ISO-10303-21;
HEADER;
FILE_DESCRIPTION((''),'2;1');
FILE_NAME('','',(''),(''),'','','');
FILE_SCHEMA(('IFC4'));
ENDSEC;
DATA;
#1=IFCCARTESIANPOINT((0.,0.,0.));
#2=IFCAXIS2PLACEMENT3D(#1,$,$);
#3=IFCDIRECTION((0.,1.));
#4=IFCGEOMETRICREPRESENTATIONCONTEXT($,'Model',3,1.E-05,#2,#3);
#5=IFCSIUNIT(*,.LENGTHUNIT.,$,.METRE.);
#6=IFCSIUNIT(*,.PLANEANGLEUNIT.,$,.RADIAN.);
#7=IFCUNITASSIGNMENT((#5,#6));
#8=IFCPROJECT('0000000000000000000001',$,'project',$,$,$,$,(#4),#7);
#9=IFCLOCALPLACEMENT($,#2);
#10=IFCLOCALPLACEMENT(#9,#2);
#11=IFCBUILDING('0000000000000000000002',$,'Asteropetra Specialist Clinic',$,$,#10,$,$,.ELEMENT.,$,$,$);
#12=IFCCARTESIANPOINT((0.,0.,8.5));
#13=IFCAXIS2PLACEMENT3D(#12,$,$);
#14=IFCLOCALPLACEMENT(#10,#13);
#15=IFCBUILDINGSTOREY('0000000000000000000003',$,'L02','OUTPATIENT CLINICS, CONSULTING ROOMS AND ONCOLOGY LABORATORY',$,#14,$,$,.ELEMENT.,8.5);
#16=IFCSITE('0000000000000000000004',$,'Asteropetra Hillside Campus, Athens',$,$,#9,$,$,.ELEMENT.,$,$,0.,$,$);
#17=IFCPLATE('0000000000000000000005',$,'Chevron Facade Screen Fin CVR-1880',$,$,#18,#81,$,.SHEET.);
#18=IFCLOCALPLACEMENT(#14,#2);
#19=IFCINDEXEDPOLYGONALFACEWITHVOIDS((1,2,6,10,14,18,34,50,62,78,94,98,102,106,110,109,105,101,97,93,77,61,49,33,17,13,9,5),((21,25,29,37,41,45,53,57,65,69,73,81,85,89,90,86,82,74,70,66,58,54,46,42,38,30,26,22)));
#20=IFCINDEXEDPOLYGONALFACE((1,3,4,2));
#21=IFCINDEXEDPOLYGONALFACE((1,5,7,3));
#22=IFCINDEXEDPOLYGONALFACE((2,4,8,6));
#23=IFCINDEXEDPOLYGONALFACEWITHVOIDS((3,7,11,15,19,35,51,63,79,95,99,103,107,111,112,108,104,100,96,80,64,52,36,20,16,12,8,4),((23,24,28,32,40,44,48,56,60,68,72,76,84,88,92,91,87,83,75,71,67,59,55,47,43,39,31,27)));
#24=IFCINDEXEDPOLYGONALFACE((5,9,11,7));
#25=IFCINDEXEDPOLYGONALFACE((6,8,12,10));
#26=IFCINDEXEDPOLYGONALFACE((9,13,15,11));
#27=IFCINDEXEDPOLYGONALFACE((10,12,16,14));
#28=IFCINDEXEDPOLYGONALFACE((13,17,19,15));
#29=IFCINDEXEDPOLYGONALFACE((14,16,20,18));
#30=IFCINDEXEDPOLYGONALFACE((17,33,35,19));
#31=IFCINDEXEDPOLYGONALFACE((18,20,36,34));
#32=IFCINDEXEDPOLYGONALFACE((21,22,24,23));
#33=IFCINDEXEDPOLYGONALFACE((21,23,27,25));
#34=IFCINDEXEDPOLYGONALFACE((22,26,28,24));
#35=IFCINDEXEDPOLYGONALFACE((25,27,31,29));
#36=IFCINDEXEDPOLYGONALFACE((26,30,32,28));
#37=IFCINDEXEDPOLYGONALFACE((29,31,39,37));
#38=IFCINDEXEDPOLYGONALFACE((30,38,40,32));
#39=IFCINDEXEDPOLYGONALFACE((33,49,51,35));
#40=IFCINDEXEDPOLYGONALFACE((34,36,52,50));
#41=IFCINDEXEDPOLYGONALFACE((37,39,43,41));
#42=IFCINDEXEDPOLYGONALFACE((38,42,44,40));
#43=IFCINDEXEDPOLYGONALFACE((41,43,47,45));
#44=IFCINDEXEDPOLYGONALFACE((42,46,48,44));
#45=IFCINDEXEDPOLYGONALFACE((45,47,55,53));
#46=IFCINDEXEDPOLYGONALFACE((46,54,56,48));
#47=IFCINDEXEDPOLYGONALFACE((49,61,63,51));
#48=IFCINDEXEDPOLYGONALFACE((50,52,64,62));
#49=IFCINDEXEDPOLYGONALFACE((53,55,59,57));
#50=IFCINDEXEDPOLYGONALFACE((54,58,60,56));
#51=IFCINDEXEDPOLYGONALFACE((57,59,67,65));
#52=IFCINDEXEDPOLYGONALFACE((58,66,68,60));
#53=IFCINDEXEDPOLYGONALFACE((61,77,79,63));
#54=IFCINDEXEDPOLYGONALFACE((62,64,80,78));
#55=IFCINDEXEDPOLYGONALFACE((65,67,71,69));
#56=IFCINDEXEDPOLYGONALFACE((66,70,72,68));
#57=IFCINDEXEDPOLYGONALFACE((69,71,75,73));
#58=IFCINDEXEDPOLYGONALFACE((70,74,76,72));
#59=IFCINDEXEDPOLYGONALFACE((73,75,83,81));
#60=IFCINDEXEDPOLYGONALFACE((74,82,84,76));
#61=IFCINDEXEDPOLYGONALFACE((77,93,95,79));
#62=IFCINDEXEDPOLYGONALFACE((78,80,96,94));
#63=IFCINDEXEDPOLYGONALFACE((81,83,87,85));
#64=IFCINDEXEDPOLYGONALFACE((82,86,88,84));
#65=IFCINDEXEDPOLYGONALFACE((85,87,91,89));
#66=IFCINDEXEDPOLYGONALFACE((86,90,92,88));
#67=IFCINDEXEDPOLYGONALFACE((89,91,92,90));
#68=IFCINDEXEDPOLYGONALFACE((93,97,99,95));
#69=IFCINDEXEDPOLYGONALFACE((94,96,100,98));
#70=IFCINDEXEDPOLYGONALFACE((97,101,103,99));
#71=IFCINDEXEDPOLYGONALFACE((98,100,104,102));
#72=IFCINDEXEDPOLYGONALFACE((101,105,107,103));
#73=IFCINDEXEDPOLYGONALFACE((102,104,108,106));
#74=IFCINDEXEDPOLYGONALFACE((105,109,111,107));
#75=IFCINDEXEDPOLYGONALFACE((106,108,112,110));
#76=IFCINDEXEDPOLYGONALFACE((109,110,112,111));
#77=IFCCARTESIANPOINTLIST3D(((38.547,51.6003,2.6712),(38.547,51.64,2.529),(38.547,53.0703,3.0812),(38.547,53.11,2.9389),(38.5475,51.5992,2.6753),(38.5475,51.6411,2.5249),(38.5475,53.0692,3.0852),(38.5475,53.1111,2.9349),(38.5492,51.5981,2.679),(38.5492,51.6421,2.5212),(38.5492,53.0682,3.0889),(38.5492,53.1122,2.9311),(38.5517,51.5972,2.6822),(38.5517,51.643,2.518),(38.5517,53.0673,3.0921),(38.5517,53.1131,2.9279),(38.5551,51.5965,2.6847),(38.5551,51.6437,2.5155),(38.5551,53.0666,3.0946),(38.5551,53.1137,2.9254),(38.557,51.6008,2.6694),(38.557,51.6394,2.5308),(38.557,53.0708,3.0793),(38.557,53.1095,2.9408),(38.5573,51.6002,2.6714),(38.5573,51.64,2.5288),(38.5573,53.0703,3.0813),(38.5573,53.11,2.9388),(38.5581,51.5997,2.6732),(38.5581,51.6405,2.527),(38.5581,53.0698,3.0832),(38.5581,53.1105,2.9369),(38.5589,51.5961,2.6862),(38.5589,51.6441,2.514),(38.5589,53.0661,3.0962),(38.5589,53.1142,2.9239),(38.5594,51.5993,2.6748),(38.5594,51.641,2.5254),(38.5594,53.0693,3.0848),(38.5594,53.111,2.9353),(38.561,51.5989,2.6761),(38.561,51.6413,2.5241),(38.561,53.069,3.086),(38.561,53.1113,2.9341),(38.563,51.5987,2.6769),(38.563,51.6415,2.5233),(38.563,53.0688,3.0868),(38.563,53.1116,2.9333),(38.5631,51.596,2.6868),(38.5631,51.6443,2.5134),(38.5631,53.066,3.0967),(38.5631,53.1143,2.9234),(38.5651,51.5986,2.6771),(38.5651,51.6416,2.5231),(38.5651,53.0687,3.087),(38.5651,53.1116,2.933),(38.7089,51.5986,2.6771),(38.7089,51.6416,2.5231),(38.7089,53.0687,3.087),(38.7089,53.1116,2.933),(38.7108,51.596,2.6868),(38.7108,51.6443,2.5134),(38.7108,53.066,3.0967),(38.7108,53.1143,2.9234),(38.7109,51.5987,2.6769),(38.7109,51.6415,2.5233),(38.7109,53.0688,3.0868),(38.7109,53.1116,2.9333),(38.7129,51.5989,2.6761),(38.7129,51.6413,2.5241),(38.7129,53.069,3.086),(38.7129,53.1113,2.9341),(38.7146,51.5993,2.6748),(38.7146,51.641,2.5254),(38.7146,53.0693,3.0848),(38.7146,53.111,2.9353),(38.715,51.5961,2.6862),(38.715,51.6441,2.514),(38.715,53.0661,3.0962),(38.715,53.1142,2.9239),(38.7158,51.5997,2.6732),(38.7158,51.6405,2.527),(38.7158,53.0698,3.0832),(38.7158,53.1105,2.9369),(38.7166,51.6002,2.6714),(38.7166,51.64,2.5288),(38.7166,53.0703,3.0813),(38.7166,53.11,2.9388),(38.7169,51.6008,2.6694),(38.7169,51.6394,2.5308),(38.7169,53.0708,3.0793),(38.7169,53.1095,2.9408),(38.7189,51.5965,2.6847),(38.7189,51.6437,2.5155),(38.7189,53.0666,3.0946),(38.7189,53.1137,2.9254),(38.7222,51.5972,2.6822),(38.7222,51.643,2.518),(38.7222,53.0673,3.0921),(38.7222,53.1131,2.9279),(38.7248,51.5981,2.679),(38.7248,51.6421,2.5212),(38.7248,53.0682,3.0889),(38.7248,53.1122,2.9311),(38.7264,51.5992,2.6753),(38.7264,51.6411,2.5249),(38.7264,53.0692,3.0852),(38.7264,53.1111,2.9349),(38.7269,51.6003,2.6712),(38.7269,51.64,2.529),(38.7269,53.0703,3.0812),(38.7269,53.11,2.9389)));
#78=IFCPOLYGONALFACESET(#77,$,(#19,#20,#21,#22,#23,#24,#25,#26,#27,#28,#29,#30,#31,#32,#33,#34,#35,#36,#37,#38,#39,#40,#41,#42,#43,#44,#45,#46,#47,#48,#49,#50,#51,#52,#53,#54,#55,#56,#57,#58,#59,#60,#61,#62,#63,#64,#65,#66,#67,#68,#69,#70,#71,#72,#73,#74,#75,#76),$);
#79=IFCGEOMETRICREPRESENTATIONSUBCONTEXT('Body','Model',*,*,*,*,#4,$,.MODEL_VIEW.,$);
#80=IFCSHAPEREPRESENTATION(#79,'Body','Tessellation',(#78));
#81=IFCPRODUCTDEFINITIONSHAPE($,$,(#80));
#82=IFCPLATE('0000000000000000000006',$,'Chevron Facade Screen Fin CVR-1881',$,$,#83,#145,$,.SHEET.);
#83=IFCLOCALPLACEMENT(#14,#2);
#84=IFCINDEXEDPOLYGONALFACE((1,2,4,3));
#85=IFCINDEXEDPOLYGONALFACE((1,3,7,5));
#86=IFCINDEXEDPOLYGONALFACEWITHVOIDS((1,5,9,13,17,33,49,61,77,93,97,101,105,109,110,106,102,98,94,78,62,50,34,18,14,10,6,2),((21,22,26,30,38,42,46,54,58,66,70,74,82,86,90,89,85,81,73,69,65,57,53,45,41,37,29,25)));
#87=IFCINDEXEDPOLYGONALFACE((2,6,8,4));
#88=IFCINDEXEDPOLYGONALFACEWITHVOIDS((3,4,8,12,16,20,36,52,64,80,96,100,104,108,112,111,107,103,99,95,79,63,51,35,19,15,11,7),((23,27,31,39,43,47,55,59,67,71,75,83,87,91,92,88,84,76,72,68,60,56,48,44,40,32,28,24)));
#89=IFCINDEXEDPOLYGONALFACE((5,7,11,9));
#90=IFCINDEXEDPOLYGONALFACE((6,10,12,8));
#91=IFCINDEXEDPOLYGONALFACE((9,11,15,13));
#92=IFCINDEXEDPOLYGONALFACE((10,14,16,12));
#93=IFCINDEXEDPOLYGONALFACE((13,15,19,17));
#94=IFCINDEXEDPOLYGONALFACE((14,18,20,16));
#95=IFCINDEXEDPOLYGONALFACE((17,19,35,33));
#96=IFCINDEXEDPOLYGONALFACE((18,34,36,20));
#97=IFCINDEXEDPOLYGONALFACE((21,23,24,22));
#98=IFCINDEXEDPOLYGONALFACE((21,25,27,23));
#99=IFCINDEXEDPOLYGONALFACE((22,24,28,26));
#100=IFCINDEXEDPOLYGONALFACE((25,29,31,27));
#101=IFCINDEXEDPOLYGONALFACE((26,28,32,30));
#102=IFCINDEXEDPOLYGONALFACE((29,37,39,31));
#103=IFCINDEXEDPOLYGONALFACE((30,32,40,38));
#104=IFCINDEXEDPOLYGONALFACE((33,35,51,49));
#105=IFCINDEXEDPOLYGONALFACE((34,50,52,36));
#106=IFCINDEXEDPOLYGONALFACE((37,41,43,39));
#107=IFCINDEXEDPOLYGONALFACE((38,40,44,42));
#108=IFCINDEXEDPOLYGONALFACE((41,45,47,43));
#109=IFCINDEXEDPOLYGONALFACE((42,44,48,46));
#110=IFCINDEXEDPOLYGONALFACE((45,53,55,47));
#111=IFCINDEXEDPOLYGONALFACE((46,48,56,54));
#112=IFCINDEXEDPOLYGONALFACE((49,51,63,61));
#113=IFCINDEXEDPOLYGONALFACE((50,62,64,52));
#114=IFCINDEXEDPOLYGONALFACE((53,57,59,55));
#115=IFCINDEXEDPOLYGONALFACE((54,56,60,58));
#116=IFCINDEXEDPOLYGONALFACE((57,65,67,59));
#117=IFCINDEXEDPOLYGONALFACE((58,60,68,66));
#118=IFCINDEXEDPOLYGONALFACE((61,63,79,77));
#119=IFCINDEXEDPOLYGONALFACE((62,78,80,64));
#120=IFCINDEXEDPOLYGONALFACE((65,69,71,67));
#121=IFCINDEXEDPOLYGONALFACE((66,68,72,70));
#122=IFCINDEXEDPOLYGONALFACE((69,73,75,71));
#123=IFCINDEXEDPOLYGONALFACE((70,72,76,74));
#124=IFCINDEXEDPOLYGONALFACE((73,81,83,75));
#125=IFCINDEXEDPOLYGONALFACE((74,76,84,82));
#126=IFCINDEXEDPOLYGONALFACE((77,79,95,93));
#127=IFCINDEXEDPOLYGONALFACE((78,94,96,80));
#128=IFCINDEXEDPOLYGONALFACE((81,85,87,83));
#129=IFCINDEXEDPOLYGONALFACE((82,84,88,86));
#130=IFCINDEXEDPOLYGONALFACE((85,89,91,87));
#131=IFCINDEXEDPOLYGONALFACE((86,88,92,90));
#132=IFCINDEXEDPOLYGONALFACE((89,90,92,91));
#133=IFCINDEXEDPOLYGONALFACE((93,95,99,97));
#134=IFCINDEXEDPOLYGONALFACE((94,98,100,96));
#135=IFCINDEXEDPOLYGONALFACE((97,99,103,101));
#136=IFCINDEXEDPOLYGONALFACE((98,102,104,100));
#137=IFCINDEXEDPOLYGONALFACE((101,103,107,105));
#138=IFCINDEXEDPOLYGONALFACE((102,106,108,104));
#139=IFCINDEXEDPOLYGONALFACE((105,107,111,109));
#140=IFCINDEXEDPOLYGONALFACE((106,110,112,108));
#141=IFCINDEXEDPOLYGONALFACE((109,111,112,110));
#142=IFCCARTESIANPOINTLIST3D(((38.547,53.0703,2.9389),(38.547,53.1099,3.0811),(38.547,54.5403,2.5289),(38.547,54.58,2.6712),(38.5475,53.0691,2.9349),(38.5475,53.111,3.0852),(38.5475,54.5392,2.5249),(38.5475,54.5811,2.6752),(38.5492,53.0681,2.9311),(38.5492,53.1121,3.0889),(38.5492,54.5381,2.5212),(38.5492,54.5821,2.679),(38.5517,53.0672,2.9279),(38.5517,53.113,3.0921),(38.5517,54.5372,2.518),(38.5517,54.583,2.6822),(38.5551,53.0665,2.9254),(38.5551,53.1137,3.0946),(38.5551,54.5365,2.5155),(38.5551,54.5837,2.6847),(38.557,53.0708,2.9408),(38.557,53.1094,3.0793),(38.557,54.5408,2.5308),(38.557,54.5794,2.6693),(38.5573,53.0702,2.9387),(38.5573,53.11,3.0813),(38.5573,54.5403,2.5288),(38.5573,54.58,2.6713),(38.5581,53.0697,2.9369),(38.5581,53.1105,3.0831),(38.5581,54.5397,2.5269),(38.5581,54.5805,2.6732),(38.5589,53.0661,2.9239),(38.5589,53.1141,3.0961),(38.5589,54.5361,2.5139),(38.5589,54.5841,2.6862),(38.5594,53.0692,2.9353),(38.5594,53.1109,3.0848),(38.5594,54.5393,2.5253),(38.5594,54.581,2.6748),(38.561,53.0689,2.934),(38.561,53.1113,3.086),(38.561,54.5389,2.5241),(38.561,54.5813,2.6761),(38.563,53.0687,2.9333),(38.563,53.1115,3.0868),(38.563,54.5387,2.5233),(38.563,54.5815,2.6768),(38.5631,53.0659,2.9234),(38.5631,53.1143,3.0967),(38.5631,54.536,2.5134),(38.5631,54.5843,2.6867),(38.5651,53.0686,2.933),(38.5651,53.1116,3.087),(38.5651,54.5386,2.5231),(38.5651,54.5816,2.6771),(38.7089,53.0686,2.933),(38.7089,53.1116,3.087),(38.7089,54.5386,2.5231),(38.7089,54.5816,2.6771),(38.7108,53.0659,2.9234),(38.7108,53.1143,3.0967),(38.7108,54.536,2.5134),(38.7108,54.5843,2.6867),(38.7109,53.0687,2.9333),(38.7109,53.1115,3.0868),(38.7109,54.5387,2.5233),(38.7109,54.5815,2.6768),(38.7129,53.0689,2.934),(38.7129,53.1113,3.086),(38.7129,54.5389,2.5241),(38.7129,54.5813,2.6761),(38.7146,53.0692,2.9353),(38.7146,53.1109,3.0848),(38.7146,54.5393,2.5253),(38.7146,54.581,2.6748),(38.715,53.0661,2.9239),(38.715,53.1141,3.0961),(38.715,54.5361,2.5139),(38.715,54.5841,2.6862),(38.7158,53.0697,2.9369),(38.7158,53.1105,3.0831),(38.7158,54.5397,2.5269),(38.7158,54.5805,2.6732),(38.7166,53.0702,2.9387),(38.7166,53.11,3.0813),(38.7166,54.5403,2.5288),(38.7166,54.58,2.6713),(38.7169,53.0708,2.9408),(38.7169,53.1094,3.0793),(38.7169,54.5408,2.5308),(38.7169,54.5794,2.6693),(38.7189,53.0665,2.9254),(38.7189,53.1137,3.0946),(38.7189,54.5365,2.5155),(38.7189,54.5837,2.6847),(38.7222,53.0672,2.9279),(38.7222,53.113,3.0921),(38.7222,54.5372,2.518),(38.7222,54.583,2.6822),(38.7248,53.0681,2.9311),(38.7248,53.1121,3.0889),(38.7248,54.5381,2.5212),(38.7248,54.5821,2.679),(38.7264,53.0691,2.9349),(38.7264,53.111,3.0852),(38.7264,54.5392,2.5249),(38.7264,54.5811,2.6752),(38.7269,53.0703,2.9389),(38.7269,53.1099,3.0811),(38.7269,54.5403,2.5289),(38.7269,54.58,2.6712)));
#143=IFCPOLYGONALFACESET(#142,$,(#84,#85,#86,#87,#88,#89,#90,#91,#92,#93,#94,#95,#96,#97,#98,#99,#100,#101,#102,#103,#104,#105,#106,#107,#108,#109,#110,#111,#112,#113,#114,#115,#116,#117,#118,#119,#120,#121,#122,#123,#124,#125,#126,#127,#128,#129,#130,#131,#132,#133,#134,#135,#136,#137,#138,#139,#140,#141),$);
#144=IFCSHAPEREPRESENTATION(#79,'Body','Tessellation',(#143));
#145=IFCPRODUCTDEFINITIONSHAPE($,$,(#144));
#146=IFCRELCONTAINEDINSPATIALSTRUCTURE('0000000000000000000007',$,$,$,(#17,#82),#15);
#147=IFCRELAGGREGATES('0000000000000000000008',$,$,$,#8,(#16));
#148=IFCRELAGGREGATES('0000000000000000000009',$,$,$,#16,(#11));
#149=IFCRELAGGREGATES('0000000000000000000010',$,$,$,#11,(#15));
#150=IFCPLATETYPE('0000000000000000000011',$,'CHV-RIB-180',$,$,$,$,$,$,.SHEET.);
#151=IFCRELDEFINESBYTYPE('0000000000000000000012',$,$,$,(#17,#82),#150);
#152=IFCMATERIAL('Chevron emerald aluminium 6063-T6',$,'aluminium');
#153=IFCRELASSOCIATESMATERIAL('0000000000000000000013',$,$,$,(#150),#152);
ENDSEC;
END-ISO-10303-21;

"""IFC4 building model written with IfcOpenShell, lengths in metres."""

from ifc_helpers import new_model, si_unit, direction, frame, origin, origin_2d, place, context, subcontext, project, spatial, hollow_rectangle, extrude, material, material_profile, profile_set, type_object, element, save


model = new_model("IFC4")

# Units and contexts
model_context = context("Model", 3, precision=1e-05, world=origin(), true_north=direction((0.0, 1.0)))
body_context = subcontext(model_context, "Body", "Model", "MODEL_VIEW")
ifc_project = project(units=[si_unit("LENGTHUNIT", "METRE"), si_unit("PLANEANGLEUNIT", "RADIAN")], contexts=[model_context])

# Site, building, storey
site_placement = place(None, origin())
site = spatial("IfcSite", under=ifc_project, at=site_placement, Name="Asteropetra Hillside Campus, Athens", CompositionType="ELEMENT", RefElevation=0.0)
building_placement = place(site_placement, origin())
building = spatial("IfcBuilding", under=site, at=building_placement, Name="Asteropetra Specialist Clinic", CompositionType="ELEMENT")
storey_placement = place(building_placement, frame((0.0, 0.0, 8.5)))
storey = spatial("IfcBuildingStorey", under=building, at=storey_placement, Name="L02", Description="OUTPATIENT CLINICS, CONSULTING ROOMS AND ONCOLOGY LABORATORY", CompositionType="ELEMENT", Elevation=8.5)

# Plates
ifc_material_1 = material(Name="Chevron emerald aluminium 6063-T6", Category="aluminium")
ifc_material_profile_1 = material_profile(ifc_material_1, hollow_rectangle(XDim=0.1799, YDim=0.1799, WallThickness=0.01, InnerFilletRadius=0.0081, OuterFilletRadius=0.0161, at=origin_2d()), Name="SHS 180x180x10.0")
ifc_profile_set_1 = profile_set([ifc_material_profile_1], Name="Chevron emerald aluminium 6063-T6")
plate_type_1 = type_object("IfcPlateType", Name="CHV-RIB-180", PredefinedType="SHEET", material=ifc_profile_set_1)
for number, where, z_axis, x_axis, name in (
    (1, (38.637, 51.6201, 2.6001), (0.0, 0.963249, 0.268609), (-1.0, 0.0, 0.0), "Chevron Facade Screen Fin CVR-1880"),
    (2, (38.637, 53.0901, 3.01), (0.0, 0.963249, -0.268609), (-1.0, 0.0, 0.0), "Chevron Facade Screen Fin CVR-1881"),
):
    element("IfcPlate", number, at=place(storey_placement, frame(where, z_axis=z_axis, x_axis=x_axis)), inside=storey, type_object=plate_type_1, Name=name, PredefinedType="SHEET", context=body_context, shape_type="SweptSolid", body=[
        extrude(hollow_rectangle(XDim=0.1799, YDim=0.1799, WallThickness=0.01, InnerFilletRadius=0.0081, OuterFilletRadius=0.0161, at=origin_2d()), origin(), (0.0, 0.0, 1.0), 1.5261),
    ])

save(model, "model.ifc")
